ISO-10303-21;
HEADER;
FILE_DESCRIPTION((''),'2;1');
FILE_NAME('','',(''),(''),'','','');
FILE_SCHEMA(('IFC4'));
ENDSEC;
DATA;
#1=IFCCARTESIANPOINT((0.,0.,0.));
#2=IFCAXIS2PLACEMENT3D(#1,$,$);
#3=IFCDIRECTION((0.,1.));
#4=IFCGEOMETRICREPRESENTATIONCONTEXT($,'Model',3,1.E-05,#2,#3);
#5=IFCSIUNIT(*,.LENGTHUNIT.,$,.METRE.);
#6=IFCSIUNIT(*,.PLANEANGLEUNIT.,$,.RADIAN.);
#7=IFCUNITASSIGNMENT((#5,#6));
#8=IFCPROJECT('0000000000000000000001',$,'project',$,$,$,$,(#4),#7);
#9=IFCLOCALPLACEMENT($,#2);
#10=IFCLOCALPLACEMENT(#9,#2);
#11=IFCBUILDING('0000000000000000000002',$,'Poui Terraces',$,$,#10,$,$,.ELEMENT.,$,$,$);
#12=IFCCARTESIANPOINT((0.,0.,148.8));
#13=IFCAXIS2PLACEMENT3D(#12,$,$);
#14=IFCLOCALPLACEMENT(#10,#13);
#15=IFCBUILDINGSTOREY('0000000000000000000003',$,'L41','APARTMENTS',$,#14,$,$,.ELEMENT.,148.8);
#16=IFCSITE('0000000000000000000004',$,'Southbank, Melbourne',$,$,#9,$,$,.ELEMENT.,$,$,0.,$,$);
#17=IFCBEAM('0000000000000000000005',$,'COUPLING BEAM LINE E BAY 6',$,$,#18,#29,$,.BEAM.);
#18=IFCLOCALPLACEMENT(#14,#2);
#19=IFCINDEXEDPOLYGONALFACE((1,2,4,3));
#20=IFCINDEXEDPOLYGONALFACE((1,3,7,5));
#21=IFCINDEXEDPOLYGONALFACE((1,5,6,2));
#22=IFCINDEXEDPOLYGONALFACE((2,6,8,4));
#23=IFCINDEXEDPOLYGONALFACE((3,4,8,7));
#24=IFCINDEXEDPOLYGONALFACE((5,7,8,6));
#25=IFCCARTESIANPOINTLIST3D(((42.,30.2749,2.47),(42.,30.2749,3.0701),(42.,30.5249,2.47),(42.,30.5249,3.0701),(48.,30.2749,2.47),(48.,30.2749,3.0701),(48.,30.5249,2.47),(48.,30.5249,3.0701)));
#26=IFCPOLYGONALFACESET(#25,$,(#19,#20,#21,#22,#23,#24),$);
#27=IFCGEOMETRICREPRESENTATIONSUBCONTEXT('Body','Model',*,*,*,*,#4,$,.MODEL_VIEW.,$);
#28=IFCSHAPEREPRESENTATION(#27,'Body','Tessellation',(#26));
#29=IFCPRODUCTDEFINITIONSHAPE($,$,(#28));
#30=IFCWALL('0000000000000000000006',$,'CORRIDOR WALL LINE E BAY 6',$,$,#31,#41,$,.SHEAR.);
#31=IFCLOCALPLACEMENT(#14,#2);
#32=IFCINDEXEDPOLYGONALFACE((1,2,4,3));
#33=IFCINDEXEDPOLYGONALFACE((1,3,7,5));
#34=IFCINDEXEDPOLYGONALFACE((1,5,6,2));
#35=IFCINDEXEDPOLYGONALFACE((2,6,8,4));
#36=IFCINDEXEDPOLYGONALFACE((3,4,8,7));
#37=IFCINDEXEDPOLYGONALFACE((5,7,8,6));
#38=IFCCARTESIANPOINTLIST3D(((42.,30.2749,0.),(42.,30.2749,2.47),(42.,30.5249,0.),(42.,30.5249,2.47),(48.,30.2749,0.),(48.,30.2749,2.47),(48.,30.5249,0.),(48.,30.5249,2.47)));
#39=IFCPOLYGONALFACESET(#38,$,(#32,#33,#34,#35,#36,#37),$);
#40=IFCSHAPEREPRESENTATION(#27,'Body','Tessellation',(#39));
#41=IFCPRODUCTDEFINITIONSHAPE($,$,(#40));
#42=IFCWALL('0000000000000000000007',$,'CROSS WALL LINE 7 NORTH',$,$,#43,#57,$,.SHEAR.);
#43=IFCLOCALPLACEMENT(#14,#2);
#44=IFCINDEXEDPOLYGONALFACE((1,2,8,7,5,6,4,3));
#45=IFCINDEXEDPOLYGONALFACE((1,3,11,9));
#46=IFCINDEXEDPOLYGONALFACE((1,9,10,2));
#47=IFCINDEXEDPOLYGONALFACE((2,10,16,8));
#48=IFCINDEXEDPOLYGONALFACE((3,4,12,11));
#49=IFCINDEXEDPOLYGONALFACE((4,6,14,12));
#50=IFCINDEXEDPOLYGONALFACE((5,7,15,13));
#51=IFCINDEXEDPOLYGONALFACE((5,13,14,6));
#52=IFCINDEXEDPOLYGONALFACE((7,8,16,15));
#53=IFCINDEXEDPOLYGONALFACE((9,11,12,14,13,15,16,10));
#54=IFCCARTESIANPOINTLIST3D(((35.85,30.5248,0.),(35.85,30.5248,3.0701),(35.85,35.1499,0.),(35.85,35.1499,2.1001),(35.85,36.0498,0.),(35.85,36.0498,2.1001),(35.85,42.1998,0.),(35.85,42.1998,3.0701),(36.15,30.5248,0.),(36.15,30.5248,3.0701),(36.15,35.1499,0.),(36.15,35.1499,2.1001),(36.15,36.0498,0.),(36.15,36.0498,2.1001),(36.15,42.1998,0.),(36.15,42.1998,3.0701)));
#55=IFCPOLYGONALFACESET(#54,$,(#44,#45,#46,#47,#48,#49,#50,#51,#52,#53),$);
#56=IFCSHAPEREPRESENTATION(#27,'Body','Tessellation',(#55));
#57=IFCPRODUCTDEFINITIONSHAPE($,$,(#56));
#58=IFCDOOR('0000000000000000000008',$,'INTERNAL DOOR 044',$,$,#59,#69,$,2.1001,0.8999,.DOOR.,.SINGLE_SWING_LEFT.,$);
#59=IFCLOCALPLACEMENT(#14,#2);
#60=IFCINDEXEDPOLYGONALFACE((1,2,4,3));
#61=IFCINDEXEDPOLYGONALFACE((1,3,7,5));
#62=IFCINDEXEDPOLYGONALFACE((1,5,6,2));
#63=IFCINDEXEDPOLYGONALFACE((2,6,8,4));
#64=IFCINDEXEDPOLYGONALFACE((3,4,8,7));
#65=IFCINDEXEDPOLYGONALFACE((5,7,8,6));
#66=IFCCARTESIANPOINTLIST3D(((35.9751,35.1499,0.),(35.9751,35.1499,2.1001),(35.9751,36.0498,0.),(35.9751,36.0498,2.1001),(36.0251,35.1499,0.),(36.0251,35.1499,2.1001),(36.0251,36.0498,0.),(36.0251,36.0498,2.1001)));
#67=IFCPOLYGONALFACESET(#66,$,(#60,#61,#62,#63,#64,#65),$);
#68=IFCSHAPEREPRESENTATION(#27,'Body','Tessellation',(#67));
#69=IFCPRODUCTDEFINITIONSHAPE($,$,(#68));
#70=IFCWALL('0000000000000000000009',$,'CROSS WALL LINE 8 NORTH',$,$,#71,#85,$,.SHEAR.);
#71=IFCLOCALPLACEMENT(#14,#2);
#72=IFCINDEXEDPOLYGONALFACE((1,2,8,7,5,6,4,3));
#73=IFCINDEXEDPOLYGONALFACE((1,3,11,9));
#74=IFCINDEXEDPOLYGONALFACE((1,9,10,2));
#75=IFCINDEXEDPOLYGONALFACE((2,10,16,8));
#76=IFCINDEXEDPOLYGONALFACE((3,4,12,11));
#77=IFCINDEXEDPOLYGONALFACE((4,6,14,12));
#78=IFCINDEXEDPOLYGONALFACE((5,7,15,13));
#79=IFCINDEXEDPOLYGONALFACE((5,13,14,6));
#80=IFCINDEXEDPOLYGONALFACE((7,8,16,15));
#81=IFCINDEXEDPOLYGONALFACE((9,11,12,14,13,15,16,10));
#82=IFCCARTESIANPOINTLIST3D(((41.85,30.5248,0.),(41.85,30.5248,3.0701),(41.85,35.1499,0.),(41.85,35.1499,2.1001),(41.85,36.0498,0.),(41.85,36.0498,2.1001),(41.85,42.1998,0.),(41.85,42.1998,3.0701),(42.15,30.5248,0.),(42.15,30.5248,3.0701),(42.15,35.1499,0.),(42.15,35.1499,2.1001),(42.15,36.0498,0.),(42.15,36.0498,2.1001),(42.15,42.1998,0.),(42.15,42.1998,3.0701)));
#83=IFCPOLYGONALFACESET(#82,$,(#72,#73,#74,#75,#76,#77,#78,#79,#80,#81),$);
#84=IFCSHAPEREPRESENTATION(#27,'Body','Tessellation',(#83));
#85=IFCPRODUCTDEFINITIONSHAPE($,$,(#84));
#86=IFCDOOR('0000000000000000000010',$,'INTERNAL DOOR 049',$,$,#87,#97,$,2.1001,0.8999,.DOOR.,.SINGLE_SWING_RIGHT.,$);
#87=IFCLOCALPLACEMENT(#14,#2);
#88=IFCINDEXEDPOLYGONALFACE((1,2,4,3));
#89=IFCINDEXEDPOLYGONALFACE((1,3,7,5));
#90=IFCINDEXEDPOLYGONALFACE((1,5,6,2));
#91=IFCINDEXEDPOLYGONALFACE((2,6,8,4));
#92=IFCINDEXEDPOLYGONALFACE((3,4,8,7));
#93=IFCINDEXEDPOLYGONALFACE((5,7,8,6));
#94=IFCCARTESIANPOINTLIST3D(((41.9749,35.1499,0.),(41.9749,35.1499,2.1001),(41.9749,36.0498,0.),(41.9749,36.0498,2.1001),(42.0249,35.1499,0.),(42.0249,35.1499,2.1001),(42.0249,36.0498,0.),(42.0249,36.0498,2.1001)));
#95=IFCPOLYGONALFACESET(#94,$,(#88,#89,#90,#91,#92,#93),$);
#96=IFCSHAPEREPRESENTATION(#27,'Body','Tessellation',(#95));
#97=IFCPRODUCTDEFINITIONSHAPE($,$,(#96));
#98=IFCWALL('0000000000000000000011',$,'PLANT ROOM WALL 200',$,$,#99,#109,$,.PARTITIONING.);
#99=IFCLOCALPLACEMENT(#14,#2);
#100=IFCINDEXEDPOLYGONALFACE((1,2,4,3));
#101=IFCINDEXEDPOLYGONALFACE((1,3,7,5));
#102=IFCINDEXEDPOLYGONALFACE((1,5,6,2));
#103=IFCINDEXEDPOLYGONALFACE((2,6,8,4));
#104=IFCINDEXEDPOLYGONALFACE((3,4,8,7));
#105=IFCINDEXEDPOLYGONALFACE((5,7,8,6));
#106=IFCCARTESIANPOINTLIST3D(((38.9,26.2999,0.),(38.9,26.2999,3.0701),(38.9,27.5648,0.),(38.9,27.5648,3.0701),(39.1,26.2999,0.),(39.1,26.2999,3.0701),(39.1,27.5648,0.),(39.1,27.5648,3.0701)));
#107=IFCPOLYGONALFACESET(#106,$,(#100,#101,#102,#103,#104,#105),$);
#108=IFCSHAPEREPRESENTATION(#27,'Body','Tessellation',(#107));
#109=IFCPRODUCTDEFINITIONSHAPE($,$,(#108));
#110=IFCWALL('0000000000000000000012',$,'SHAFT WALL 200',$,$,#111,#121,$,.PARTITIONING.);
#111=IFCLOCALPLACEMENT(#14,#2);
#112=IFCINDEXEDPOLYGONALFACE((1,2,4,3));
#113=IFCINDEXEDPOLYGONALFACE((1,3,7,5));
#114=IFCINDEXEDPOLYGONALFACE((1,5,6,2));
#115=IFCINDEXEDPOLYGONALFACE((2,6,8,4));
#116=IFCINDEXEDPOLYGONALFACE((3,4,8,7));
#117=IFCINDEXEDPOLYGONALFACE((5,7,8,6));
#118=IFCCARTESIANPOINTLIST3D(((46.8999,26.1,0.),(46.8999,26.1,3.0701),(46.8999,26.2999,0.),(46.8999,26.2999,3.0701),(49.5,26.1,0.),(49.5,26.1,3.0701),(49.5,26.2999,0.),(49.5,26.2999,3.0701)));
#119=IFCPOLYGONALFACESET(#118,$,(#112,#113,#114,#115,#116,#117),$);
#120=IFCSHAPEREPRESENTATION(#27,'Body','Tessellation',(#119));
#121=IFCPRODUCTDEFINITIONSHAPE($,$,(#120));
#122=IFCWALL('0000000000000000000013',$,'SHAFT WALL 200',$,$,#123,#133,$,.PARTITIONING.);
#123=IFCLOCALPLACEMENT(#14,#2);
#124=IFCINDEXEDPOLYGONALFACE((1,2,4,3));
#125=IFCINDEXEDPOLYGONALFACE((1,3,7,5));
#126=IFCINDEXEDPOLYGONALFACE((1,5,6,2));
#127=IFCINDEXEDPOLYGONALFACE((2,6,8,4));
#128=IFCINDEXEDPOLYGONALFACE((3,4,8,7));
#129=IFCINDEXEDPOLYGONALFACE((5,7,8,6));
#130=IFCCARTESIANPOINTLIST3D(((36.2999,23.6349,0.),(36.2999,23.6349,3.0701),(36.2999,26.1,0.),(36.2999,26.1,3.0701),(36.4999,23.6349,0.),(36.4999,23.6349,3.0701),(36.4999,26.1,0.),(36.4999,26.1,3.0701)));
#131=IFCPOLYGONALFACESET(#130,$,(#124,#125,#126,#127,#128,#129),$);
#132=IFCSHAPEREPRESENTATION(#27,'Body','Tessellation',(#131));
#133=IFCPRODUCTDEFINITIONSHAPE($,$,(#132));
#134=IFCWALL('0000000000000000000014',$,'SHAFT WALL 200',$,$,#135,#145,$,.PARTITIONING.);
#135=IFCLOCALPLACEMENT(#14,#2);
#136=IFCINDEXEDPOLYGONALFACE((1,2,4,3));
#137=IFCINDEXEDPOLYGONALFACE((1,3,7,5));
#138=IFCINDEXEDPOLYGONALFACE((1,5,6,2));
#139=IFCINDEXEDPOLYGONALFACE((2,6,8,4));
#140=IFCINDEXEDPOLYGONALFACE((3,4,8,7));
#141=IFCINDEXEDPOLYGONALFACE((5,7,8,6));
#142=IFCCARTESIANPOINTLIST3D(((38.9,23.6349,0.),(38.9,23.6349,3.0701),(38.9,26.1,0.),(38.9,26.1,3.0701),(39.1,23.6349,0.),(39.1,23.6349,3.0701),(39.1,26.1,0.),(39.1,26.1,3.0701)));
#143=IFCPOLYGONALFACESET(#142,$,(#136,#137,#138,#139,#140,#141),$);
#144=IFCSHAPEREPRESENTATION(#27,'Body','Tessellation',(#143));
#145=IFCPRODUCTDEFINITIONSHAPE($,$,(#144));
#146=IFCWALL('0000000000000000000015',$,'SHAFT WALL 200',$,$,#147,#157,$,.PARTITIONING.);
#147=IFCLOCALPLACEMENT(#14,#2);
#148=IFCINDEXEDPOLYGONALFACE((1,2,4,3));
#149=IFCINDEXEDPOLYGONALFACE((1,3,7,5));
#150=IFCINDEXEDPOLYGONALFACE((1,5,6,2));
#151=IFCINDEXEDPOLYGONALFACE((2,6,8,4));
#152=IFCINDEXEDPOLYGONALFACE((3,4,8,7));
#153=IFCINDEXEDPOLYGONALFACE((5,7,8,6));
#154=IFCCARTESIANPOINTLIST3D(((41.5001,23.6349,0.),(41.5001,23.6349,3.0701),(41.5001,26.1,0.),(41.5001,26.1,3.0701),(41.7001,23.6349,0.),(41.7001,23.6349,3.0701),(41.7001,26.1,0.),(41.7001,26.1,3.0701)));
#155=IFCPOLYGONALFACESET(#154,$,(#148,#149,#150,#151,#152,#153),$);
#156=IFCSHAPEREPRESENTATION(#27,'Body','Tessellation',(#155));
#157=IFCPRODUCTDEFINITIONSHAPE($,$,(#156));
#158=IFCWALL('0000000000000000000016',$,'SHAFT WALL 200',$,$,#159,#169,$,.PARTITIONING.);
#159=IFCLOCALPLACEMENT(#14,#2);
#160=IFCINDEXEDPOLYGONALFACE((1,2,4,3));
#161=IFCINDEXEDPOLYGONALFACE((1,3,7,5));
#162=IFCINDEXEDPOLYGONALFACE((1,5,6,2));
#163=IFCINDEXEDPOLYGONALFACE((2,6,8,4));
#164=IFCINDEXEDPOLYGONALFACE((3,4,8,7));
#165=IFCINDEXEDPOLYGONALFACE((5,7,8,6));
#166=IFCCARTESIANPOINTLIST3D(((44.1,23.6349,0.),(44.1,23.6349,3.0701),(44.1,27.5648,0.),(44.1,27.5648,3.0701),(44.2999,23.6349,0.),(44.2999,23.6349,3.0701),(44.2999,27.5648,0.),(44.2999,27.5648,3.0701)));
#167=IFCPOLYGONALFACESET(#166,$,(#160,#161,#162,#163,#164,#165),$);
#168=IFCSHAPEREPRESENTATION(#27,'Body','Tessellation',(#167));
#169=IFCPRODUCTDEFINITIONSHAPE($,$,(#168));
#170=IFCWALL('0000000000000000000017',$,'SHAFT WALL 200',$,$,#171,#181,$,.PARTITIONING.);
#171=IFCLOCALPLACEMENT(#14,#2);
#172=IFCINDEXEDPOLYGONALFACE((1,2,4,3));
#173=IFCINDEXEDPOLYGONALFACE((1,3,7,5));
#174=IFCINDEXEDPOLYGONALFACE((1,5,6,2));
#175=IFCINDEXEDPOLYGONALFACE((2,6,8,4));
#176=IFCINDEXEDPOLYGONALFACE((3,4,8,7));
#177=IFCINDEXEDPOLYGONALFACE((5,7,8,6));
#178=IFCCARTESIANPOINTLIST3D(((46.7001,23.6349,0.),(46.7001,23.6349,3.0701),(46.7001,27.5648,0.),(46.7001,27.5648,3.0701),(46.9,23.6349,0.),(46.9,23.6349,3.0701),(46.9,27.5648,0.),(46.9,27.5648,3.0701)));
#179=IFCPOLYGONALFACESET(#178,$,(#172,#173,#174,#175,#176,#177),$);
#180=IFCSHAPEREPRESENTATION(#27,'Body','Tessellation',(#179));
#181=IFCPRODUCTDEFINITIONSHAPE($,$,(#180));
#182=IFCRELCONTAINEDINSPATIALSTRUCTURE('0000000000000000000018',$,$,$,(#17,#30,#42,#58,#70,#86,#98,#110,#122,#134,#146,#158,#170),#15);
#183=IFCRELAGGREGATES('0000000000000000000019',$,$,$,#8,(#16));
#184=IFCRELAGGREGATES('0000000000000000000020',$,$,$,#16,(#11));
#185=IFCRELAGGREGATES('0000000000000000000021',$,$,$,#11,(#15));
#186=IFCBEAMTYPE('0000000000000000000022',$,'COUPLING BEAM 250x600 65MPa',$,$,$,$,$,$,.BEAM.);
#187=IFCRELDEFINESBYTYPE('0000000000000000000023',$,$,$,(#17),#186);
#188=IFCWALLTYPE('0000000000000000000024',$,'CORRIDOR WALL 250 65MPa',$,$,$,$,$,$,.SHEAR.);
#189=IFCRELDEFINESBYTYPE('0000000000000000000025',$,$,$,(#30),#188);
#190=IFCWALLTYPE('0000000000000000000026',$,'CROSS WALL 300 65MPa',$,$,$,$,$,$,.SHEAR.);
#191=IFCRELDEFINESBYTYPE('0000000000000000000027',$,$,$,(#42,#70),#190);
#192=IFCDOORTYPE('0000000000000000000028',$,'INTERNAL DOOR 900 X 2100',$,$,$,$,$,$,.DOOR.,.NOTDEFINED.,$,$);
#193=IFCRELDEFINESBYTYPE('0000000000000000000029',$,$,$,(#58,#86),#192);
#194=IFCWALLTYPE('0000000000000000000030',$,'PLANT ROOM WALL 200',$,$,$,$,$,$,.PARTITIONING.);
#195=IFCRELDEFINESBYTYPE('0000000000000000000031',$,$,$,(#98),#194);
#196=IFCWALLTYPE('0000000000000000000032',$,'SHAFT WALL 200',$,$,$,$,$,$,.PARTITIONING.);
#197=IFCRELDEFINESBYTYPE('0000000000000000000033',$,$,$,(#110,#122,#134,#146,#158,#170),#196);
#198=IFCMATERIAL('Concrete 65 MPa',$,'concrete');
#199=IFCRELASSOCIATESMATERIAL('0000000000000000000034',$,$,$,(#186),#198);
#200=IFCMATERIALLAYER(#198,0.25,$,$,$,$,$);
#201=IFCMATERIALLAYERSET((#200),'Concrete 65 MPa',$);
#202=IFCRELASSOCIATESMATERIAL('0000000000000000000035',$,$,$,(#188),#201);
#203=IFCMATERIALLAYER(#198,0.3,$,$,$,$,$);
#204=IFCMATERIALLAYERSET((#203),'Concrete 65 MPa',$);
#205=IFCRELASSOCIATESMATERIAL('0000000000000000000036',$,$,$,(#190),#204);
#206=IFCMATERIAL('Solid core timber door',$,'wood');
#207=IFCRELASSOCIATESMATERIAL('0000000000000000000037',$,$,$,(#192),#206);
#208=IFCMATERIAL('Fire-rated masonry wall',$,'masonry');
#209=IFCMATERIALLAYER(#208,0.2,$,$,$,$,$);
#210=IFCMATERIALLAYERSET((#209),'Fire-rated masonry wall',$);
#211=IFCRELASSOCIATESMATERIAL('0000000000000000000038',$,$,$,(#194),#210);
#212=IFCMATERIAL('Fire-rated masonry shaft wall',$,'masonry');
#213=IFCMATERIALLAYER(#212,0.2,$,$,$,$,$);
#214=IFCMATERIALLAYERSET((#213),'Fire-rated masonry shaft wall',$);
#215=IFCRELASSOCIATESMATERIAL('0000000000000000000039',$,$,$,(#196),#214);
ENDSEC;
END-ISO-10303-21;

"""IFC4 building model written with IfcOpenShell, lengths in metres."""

from ifc_helpers import new_model, si_unit, direction, frame, frame_2d, origin, origin_2d, place, context, subcontext, project, spatial, rectangle, extrude, source, transform, mapped, material, layer, layer_set, material_profile, profile_set, type_object, element, fill, save


model = new_model("IFC4")

# Units and contexts
model_context = context("Model", 3, precision=1e-05, world=origin(), true_north=direction((0.0, 1.0)))
body_context = subcontext(model_context, "Body", "Model", "MODEL_VIEW")
ifc_project = project(units=[si_unit("LENGTHUNIT", "METRE"), si_unit("PLANEANGLEUNIT", "RADIAN")], contexts=[model_context])

# Site, building, storey
site_placement = place(None, origin())
site = spatial("IfcSite", under=ifc_project, at=site_placement, Name="Southbank, Melbourne", CompositionType="ELEMENT", RefElevation=0.0)
building_placement = place(site_placement, origin())
building = spatial("IfcBuilding", under=site, at=building_placement, Name="Poui Terraces", CompositionType="ELEMENT")
storey_placement = place(building_placement, frame((0.0, 0.0, 148.8)))
storey = spatial("IfcBuildingStorey", under=building, at=storey_placement, Name="L41", Description="APARTMENTS", CompositionType="ELEMENT", Elevation=148.8)

# Beam
ifc_material_1 = material(Name="Concrete 65 MPa", Category="concrete")
ifc_material_profile = material_profile(ifc_material_1, rectangle(XDim=0.25, YDim=0.6001, at=origin_2d()), Name="RC 250x600")
ifc_profile_set = profile_set([ifc_material_profile], Name="Concrete 65 MPa")
beam_type = type_object("IfcBeamType", Name="COUPLING BEAM 250x600 65MPa", PredefinedType="BEAM", material=ifc_profile_set)
shared_shape = source(origin(), body_context, "Body", "SweptSolid", [
    extrude(rectangle(XDim=0.25, YDim=0.6001, at=origin_2d()), origin(), (0.0, 0.0, 1.0), 6.0),
])
beam_placement = place(storey_placement, frame((42.0, 30.3999, 2.77), z_axis=(1.0, 0.0, 0.0), x_axis=(0.0, 1.0, 0.0)))
element("IfcBeam", 1, at=beam_placement, inside=storey, type_object=beam_type, Name="COUPLING BEAM LINE E BAY 6", PredefinedType="BEAM", context=body_context, shape_type="MappedRepresentation", body=[
    mapped(shared_shape, transform((0.0, 0.0, 0.0))),
])

# Wall
ifc_layer_1 = layer(ifc_material_1, 0.25)
ifc_layer_set_1 = layer_set([ifc_layer_1], Name="Concrete 65 MPa")
wall_type_1 = type_object("IfcWallType", Name="CORRIDOR WALL 250 65MPa", PredefinedType="SHEAR", material=ifc_layer_set_1)
wall_1_placement = place(storey_placement, frame((42.0, 30.3999, 0.0), z_axis=(0.0, 0.0, 1.0), x_axis=(1.0, 0.0, 0.0)))
element("IfcWall", 2, at=wall_1_placement, inside=storey, type_object=wall_type_1, Name="CORRIDOR WALL LINE E BAY 6", PredefinedType="SHEAR", context=body_context, shape_type="SweptSolid", body=[
    extrude(rectangle(XDim=6.0, YDim=0.25, at=frame_2d((3.0, 0.0))), origin(), (0.0, 0.0, 1.0), 2.47),
])

# Walls, openings, doors
ifc_layer_2 = layer(ifc_material_1, 0.3)
ifc_layer_set_2 = layer_set([ifc_layer_2], Name="Concrete 65 MPa")
wall_type_2 = type_object("IfcWallType", Name="CROSS WALL 300 65MPa", PredefinedType="SHEAR", material=ifc_layer_set_2)
wall_2_placement = place(storey_placement, frame((36.0, 30.5249, 0.0), z_axis=(0.0, 0.0, 1.0), x_axis=(0.0, 1.0, 0.0)))
wall_2 = element("IfcWall", 3, at=wall_2_placement, inside=storey, type_object=wall_type_2, Name="CROSS WALL LINE 7 NORTH", PredefinedType="SHEAR", context=body_context, shape_type="SweptSolid", body=[
    extrude(rectangle(XDim=11.675, YDim=0.3, at=frame_2d((5.8374, 0.0))), origin(), (0.0, 0.0, 1.0), 3.0701),
])
opening_1_placement = place(wall_2_placement, frame((4.625, 0.0, 0.0)))
opening_1 = element("IfcOpeningElement", 4, at=opening_1_placement, cuts=wall_2, PredefinedType="OPENING", context=body_context, shape_type="SweptSolid", body=[
    extrude(rectangle(XDim=0.8999, YDim=2.1001, at=frame_2d((0.45, 1.05))), frame((0.0, 0.1602, 0.0), z_axis=(0.0, -1.0, 0.0), x_axis=(1.0, 0.0, 0.0)), (0.0, 0.0, 1.0), 0.3201),
])
ifc_material_2 = material(Name="Solid core timber door", Category="wood")
door_type = type_object("IfcDoorType", Name="INTERNAL DOOR 900 X 2100", OperationType="NOTDEFINED", PredefinedType="DOOR", material=ifc_material_2)
door_1_placement = place(opening_1_placement, origin())
door_1 = element("IfcDoor", 5, at=door_1_placement, inside=storey, type_object=door_type, Name="INTERNAL DOOR 044", OperationType="SINGLE_SWING_LEFT", OverallHeight=2.1001, OverallWidth=0.8999, PredefinedType="DOOR", context=body_context, shape_type="SweptSolid", body=[
    extrude(rectangle(XDim=0.8999, YDim=2.1001, at=frame_2d((0.45, 1.05))), frame((0.0, 0.0249, 0.0), z_axis=(0.0, -1.0, 0.0), x_axis=(1.0, 0.0, 0.0)), (0.0, 0.0, 1.0), 0.05),
])
fill(opening_1, door_1)
wall_3_placement = place(storey_placement, frame((42.0, 30.5249, 0.0), z_axis=(0.0, 0.0, 1.0), x_axis=(0.0, 1.0, 0.0)))
wall_3 = element("IfcWall", 6, at=wall_3_placement, inside=storey, type_object=wall_type_2, Name="CROSS WALL LINE 8 NORTH", PredefinedType="SHEAR", context=body_context, shape_type="SweptSolid", body=[
    extrude(rectangle(XDim=11.675, YDim=0.3, at=frame_2d((5.8374, 0.0))), origin(), (0.0, 0.0, 1.0), 3.0701),
])
opening_2_placement = place(wall_3_placement, frame((4.625, 0.0, 0.0)))
opening_2 = element("IfcOpeningElement", 7, at=opening_2_placement, cuts=wall_3, PredefinedType="OPENING", context=body_context, shape_type="SweptSolid", body=[
    extrude(rectangle(XDim=0.8999, YDim=2.1001, at=frame_2d((0.45, 1.05))), frame((0.0, 0.1602, 0.0), z_axis=(0.0, -1.0, 0.0), x_axis=(1.0, 0.0, 0.0)), (0.0, 0.0, 1.0), 0.3201),
])
door_2_placement = place(opening_2_placement, frame((0.8999, 0.0, 0.0), z_axis=(0.0, 0.0, 1.0), x_axis=(-1.0, 0.0, 0.0)))
door_2 = element("IfcDoor", 8, at=door_2_placement, inside=storey, type_object=door_type, Name="INTERNAL DOOR 049", OperationType="SINGLE_SWING_RIGHT", OverallHeight=2.1001, OverallWidth=0.8999, PredefinedType="DOOR", context=body_context, shape_type="SweptSolid", body=[
    extrude(rectangle(XDim=0.8999, YDim=2.1001, at=frame_2d((0.45, 1.05))), frame((0.0, 0.0249, 0.0), z_axis=(0.0, -1.0, 0.0), x_axis=(1.0, 0.0, 0.0)), (0.0, 0.0, 1.0), 0.05),
])
fill(opening_2, door_2)

# Walls
ifc_material_3 = material(Name="Fire-rated masonry wall", Category="masonry")
ifc_layer_3 = layer(ifc_material_3, 0.2)
ifc_layer_set_3 = layer_set([ifc_layer_3], Name="Fire-rated masonry wall")
wall_type_3 = type_object("IfcWallType", Name="PLANT ROOM WALL 200", PredefinedType="PARTITIONING", material=ifc_layer_set_3)
wall_4_placement = place(storey_placement, frame((39.0, 26.3, 0.0), z_axis=(0.0, 0.0, 1.0), x_axis=(0.0, 1.0, 0.0)))
element("IfcWall", 9, at=wall_4_placement, inside=storey, type_object=wall_type_3, Name="PLANT ROOM WALL 200", PredefinedType="PARTITIONING", context=body_context, shape_type="SweptSolid", body=[
    extrude(rectangle(XDim=1.2649, YDim=0.2, at=frame_2d((0.6323, 0.0))), origin(), (0.0, 0.0, 1.0), 3.0701),
])
ifc_material_4 = material(Name="Fire-rated masonry shaft wall", Category="masonry")
ifc_layer_4 = layer(ifc_material_4, 0.2)
ifc_layer_set_4 = layer_set([ifc_layer_4], Name="Fire-rated masonry shaft wall")
wall_type_4 = type_object("IfcWallType", Name="SHAFT WALL 200", PredefinedType="PARTITIONING", material=ifc_layer_set_4)
wall_5_placement = place(storey_placement, frame((46.8999, 26.2, 0.0), z_axis=(0.0, 0.0, 1.0), x_axis=(1.0, 0.0, 0.0)))
element("IfcWall", 10, at=wall_5_placement, inside=storey, type_object=wall_type_4, Name="SHAFT WALL 200", PredefinedType="PARTITIONING", context=body_context, shape_type="SweptSolid", body=[
    extrude(rectangle(XDim=2.6001, YDim=0.2, at=frame_2d((1.3, 0.0))), origin(), (0.0, 0.0, 1.0), 3.0701),
])
for number, where, z_axis, x_axis, name in (
    (11, (36.3999, 23.635, 0.0), (0.0, 0.0, 1.0), (0.0, 1.0, 0.0), "SHAFT WALL 200"),
    (12, (39.0, 23.635, 0.0), (0.0, 0.0, 1.0), (0.0, 1.0, 0.0), "SHAFT WALL 200"),
    (13, (41.6001, 23.635, 0.0), (0.0, 0.0, 1.0), (0.0, 1.0, 0.0), "SHAFT WALL 200"),
):
    element("IfcWall", number, at=place(storey_placement, frame(where, z_axis=z_axis, x_axis=x_axis)), inside=storey, type_object=wall_type_4, Name=name, PredefinedType="PARTITIONING", context=body_context, shape_type="SweptSolid", body=[
        extrude(rectangle(XDim=2.4651, YDim=0.2, at=frame_2d((1.2324, 0.0))), origin(), (0.0, 0.0, 1.0), 3.0701),
    ])
for number, where, z_axis, x_axis, name in (
    (14, (44.2, 23.635, 0.0), (0.0, 0.0, 1.0), (0.0, 1.0, 0.0), "SHAFT WALL 200"),
    (15, (46.8, 23.635, 0.0), (0.0, 0.0, 1.0), (0.0, 1.0, 0.0), "SHAFT WALL 200"),
):
    element("IfcWall", number, at=place(storey_placement, frame(where, z_axis=z_axis, x_axis=x_axis)), inside=storey, type_object=wall_type_4, Name=name, PredefinedType="PARTITIONING", context=body_context, shape_type="SweptSolid", body=[
        extrude(rectangle(XDim=3.9299, YDim=0.2, at=frame_2d((1.9648, 0.0))), origin(), (0.0, 0.0, 1.0), 3.0701),
    ])

save(model, "model.ifc")
